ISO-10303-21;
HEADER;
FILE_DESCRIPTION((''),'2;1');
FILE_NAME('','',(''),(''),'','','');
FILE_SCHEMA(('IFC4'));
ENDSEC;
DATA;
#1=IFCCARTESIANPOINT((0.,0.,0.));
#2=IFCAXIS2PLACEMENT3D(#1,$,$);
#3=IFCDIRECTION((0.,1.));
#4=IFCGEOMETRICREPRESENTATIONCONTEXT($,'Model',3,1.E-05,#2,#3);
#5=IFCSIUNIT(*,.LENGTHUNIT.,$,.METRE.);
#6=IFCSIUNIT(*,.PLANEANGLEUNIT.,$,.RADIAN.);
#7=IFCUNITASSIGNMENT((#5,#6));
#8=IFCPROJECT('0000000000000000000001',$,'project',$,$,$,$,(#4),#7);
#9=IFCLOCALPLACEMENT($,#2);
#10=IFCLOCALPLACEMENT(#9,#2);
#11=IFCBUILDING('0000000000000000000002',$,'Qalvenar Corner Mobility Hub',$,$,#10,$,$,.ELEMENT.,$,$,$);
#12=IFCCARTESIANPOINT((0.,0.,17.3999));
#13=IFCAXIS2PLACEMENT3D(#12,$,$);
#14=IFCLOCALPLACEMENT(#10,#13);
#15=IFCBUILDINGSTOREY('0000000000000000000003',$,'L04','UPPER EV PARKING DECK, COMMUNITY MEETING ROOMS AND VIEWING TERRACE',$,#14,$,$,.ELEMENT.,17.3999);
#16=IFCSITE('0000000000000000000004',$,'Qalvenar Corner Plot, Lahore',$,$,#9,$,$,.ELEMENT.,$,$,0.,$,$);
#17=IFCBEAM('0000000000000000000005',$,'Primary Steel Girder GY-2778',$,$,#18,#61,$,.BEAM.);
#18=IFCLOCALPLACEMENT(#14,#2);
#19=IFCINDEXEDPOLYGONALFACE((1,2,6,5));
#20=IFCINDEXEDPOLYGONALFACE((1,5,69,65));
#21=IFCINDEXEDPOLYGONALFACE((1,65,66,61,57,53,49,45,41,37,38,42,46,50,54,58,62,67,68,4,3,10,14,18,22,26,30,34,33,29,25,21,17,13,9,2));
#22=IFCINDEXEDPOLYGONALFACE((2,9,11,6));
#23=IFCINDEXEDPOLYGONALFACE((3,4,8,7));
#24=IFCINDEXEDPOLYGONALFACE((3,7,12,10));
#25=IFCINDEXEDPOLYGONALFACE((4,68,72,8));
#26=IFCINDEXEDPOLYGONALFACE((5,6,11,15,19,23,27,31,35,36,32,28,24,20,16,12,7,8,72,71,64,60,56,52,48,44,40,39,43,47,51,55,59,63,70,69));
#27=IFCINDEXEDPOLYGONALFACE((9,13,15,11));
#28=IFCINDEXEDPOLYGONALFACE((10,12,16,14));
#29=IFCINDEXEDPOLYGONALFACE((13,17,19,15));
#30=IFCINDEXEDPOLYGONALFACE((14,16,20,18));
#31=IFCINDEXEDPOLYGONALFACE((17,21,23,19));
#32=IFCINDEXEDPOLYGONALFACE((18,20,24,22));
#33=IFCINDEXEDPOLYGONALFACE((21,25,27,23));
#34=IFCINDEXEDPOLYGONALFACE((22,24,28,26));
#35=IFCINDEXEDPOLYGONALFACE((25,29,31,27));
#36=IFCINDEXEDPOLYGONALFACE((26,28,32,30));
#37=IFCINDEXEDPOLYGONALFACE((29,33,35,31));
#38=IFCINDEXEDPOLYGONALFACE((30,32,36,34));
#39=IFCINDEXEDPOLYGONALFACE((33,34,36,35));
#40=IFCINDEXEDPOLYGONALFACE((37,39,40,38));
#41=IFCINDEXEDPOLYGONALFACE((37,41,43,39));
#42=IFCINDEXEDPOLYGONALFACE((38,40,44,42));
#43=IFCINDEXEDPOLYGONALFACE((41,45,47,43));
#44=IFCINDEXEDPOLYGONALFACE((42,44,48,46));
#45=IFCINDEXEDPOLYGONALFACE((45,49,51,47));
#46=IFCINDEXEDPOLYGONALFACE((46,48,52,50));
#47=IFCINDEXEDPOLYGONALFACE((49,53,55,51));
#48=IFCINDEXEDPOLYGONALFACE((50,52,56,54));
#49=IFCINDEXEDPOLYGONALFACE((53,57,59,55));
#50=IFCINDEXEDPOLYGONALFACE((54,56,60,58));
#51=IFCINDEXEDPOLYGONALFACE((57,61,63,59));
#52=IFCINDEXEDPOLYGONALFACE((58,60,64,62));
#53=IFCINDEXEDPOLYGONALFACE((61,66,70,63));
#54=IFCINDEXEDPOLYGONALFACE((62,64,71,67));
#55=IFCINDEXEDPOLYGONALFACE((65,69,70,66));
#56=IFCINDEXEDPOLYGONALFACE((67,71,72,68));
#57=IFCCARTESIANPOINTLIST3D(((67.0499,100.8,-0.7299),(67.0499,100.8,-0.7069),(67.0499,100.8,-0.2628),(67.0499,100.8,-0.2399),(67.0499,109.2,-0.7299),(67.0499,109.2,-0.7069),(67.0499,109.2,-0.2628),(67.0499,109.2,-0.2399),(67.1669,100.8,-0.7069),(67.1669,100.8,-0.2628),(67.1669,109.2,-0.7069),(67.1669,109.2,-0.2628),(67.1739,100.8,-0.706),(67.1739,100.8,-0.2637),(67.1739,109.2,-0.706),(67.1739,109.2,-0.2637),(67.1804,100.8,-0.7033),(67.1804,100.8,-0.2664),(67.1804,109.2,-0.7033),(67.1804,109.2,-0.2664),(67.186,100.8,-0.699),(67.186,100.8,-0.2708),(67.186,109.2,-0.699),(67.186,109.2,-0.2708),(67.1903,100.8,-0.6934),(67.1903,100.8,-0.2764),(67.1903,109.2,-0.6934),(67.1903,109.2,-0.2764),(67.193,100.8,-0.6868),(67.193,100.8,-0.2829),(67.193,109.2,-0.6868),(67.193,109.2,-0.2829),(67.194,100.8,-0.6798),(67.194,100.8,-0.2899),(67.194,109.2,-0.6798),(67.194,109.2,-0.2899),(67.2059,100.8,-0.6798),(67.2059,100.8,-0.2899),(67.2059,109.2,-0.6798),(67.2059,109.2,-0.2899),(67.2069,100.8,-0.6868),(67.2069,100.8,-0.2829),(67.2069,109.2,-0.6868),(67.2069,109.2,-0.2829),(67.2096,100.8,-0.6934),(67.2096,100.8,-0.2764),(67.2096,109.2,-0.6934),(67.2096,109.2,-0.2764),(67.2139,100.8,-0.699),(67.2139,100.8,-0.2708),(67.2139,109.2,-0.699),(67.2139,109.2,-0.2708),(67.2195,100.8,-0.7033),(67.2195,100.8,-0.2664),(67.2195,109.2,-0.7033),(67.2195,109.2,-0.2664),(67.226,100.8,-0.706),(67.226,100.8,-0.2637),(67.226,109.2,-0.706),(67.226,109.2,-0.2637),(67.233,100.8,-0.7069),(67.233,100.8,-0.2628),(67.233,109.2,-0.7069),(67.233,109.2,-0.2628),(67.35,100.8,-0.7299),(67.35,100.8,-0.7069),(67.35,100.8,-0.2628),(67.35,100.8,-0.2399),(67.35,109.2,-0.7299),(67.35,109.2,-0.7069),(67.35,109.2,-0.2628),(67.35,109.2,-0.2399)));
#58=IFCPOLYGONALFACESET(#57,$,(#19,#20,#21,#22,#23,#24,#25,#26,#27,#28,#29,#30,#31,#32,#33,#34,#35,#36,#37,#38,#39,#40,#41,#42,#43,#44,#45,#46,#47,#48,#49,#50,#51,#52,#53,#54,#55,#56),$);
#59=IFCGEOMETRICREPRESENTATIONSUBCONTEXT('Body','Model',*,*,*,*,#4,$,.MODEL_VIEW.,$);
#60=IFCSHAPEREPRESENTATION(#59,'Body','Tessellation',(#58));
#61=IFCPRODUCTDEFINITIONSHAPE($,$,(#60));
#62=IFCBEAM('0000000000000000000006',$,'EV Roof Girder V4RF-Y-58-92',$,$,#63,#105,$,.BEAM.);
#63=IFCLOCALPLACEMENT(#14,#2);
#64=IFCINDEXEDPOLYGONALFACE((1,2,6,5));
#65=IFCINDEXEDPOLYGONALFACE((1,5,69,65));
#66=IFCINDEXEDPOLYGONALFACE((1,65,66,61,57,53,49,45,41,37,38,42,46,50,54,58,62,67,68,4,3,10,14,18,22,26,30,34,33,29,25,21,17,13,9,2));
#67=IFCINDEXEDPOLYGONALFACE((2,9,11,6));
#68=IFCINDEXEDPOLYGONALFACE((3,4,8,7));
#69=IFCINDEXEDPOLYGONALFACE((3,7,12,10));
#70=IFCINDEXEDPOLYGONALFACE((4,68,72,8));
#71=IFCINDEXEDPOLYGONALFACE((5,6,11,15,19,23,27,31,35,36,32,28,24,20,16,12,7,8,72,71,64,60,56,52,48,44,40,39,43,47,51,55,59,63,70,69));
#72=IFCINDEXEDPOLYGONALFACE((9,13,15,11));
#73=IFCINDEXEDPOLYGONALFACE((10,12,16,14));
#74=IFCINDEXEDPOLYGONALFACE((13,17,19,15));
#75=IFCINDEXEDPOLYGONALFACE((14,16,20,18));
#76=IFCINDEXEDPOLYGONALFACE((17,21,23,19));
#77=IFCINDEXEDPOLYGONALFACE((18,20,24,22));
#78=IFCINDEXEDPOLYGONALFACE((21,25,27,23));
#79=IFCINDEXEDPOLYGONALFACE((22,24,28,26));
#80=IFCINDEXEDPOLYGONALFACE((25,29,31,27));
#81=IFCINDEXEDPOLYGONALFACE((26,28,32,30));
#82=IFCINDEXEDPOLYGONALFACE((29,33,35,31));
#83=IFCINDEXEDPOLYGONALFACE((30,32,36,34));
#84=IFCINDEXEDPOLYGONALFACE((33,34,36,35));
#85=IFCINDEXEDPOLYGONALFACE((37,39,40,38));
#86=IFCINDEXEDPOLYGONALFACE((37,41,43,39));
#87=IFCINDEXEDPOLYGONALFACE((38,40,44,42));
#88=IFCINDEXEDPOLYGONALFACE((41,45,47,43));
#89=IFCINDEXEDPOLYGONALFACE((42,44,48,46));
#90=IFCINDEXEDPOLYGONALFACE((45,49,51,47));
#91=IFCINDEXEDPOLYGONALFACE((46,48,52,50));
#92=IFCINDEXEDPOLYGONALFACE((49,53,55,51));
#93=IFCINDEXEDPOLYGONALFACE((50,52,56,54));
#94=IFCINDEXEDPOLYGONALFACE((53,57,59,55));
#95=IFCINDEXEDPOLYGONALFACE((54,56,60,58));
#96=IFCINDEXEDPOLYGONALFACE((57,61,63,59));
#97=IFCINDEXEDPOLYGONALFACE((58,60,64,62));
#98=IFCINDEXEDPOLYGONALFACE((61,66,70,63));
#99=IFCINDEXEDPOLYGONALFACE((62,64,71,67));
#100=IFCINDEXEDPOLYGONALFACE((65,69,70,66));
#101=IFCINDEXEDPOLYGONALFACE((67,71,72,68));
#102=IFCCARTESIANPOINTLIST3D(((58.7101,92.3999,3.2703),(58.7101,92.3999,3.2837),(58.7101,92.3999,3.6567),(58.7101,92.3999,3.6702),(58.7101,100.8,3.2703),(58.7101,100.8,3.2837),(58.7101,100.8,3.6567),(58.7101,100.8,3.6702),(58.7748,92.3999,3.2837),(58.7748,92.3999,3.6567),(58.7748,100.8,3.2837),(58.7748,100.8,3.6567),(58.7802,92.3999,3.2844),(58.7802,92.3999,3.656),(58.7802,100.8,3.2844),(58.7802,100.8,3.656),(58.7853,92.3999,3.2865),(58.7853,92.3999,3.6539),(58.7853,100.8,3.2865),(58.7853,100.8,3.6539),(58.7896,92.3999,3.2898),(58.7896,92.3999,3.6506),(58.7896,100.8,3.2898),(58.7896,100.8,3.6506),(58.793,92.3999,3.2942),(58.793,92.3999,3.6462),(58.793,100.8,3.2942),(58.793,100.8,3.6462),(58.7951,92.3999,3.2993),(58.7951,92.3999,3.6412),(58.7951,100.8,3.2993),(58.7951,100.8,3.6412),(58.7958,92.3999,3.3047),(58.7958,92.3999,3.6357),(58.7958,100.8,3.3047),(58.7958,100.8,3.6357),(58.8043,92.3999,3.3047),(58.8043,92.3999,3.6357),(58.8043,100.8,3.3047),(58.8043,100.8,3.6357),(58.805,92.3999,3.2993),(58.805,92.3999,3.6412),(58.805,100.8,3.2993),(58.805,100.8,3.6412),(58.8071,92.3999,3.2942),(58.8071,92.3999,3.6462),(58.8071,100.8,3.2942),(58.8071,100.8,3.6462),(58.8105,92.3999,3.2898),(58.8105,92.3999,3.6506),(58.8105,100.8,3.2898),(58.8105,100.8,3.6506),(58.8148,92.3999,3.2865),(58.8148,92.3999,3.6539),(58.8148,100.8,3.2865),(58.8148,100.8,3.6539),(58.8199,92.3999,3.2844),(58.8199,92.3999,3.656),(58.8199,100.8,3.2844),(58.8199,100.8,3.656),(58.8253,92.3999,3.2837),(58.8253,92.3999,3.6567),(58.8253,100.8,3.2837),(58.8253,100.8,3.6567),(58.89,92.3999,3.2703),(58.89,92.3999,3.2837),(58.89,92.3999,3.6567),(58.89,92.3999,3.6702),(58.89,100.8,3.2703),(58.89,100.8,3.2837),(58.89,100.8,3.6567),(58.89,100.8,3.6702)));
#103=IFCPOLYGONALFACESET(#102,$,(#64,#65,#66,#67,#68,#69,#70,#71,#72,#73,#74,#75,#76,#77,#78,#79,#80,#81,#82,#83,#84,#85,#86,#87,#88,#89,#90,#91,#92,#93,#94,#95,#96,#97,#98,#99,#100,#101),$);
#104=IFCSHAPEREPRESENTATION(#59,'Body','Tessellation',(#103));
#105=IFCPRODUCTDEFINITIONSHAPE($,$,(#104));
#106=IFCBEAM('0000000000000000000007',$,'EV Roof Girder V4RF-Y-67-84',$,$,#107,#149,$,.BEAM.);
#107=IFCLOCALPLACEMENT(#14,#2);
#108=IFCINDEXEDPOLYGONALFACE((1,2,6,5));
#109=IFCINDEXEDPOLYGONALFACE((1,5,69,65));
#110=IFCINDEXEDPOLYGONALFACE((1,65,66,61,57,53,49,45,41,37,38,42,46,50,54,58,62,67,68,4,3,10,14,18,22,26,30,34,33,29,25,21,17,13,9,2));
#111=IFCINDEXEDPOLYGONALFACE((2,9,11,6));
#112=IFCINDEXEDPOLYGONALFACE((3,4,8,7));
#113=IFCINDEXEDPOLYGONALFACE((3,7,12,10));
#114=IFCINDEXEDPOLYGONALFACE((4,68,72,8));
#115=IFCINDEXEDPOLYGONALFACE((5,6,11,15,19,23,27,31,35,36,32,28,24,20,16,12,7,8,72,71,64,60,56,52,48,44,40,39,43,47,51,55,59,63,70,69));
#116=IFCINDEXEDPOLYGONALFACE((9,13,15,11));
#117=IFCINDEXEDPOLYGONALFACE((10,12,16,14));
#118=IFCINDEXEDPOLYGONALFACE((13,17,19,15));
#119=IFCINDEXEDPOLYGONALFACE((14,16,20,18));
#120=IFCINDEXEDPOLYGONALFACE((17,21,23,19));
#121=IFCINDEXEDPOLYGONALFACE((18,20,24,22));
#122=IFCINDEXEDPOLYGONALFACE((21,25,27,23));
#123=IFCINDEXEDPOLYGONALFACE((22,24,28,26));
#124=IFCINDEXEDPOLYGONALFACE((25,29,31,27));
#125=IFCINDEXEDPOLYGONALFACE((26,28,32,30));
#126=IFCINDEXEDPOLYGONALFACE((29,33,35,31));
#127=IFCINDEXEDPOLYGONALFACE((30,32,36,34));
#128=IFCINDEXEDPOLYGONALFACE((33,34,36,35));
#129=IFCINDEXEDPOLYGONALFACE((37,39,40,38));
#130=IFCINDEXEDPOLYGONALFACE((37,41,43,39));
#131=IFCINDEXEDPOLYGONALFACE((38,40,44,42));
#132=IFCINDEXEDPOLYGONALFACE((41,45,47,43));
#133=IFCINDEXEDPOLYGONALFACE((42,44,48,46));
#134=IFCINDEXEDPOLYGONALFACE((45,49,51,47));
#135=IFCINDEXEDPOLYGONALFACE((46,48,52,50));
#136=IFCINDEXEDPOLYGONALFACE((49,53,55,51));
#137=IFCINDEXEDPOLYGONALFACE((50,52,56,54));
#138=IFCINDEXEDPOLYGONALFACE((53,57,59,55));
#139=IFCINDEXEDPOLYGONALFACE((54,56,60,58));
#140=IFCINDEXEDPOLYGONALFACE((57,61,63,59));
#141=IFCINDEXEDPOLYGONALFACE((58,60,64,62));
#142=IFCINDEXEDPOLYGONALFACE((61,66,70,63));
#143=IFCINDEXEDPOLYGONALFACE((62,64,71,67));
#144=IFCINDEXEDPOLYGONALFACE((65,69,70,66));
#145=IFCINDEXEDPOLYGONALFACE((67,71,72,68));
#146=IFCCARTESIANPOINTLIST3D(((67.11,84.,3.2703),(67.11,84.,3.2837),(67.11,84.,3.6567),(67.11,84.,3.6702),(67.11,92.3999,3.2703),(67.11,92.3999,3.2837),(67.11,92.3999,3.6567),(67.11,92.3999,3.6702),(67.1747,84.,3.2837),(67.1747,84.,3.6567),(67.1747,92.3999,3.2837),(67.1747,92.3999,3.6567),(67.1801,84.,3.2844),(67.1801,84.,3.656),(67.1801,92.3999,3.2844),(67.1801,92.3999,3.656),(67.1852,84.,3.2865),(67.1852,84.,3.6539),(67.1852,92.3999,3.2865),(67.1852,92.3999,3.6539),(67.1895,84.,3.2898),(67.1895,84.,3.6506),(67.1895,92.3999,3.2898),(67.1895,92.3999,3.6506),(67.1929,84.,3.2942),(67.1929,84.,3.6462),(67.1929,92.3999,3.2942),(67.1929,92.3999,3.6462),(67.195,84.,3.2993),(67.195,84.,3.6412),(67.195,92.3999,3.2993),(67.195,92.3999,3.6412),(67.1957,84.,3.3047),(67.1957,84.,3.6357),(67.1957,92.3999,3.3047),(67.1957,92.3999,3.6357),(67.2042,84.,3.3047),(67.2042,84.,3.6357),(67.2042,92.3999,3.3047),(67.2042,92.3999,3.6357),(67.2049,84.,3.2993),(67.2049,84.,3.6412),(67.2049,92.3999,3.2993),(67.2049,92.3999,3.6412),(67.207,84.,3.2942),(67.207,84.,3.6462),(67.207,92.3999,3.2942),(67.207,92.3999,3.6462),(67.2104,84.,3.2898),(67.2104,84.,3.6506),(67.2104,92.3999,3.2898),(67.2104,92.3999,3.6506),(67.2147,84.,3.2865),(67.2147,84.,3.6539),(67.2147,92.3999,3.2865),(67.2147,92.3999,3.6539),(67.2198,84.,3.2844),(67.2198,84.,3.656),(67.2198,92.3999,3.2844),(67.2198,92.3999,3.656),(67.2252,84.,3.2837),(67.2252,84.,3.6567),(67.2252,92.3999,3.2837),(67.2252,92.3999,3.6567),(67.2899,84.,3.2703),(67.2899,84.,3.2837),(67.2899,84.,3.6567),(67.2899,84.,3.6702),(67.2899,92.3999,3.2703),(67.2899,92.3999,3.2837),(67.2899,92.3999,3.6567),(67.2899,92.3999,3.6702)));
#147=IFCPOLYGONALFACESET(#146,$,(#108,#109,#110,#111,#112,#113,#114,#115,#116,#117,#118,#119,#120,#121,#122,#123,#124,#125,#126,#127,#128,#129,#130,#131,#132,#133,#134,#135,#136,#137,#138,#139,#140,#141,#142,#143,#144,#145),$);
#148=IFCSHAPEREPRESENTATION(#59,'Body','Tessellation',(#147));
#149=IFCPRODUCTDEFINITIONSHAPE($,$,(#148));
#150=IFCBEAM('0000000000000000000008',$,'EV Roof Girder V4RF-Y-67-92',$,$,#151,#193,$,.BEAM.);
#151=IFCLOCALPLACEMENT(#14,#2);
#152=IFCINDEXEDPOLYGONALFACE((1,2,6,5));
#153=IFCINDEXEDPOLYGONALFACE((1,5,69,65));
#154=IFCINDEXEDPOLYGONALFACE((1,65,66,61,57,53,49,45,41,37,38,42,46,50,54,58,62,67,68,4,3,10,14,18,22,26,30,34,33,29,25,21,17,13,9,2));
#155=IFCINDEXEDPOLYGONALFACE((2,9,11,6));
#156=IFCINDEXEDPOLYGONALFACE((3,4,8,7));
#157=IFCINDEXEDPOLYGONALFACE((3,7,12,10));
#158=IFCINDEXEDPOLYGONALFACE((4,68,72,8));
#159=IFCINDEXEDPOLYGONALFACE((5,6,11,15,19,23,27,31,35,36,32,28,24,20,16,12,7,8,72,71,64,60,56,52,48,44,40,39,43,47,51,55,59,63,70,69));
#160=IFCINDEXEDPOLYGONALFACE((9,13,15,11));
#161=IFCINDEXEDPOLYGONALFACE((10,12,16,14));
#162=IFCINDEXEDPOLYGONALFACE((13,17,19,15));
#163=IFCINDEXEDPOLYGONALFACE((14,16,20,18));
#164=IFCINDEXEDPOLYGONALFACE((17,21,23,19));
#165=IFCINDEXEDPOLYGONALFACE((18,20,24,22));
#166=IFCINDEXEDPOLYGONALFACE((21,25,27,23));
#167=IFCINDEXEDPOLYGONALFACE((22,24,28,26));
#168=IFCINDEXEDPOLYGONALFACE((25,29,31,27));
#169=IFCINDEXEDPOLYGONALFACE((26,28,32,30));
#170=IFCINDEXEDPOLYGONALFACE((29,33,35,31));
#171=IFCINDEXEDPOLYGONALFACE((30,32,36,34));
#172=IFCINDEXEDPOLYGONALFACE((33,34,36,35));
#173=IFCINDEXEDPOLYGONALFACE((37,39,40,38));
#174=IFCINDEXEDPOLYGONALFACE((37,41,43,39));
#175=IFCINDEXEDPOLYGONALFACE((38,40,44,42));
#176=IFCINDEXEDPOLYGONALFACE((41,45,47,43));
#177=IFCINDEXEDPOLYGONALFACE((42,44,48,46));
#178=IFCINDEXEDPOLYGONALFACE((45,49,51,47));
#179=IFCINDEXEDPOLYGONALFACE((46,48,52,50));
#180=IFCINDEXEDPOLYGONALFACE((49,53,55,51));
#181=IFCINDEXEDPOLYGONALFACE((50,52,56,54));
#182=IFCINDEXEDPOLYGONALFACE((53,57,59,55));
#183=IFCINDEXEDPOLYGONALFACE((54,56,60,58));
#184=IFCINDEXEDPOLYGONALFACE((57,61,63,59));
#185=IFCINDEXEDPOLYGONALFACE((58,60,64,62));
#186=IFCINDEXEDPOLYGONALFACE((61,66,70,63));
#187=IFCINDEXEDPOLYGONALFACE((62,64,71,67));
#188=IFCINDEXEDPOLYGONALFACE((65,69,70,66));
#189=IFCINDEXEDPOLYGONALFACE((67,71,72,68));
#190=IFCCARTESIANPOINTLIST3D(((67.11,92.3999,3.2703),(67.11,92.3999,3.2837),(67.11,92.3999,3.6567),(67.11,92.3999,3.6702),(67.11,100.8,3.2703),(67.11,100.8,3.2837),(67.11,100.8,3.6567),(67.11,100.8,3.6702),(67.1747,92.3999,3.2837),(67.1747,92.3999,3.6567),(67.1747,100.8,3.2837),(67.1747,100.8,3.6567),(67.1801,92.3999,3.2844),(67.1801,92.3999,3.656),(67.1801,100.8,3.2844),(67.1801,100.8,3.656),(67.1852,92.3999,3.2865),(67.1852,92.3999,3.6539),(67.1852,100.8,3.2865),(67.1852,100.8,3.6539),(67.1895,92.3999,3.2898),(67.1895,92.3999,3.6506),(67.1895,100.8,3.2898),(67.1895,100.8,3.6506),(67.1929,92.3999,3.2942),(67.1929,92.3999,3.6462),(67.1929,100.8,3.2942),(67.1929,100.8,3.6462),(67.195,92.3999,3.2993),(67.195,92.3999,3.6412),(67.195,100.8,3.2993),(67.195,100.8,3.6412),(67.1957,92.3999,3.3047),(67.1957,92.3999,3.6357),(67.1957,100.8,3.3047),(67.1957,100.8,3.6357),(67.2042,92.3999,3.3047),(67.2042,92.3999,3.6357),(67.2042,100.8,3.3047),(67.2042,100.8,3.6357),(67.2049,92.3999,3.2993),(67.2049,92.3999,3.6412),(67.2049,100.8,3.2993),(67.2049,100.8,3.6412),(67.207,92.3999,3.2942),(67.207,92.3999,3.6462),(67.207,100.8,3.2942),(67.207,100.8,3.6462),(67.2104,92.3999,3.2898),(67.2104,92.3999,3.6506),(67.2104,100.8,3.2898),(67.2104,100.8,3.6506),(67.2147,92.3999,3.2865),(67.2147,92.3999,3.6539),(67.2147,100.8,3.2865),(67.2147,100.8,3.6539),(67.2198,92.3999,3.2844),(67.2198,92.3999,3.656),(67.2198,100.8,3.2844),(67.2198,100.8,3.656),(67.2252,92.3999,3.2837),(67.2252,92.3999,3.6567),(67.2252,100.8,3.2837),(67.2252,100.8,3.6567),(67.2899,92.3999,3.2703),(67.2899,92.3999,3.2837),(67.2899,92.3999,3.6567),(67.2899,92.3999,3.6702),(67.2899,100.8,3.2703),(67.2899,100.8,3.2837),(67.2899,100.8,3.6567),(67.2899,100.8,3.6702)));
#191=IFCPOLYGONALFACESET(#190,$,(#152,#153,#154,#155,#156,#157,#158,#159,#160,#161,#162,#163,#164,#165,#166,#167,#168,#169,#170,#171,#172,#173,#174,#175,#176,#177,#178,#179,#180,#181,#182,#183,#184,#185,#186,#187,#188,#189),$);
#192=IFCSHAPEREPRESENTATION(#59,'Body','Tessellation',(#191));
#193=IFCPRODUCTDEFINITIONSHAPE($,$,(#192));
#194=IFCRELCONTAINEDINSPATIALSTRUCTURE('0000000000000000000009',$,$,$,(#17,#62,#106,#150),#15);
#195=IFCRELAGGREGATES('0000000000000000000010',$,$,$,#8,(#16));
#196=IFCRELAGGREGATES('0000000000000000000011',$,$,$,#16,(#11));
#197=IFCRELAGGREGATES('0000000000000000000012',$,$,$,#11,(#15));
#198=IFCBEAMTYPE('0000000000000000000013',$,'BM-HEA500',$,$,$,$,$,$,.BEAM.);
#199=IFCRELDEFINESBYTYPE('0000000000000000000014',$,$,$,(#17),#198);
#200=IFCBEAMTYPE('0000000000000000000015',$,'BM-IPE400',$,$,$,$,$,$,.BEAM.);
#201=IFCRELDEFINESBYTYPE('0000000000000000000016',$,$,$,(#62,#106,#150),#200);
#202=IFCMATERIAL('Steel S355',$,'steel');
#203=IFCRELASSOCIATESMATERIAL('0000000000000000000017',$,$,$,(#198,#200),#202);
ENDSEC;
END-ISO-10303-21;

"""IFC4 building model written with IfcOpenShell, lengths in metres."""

from ifc_helpers import new_model, si_unit, direction, frame, origin, origin_2d, place, context, subcontext, project, spatial, i_section, extrude, material, material_profile, profile_set, type_object, element, save


model = new_model("IFC4")

# Units and contexts
model_context = context("Model", 3, precision=1e-05, world=origin(), true_north=direction((0.0, 1.0)))
body_context = subcontext(model_context, "Body", "Model", "MODEL_VIEW")
ifc_project = project(units=[si_unit("LENGTHUNIT", "METRE"), si_unit("PLANEANGLEUNIT", "RADIAN")], contexts=[model_context])

# Site, building, storey
site_placement = place(None, origin())
site = spatial("IfcSite", under=ifc_project, at=site_placement, Name="Qalvenar Corner Plot, Lahore", CompositionType="ELEMENT", RefElevation=0.0)
building_placement = place(site_placement, origin())
building = spatial("IfcBuilding", under=site, at=building_placement, Name="Qalvenar Corner Mobility Hub", CompositionType="ELEMENT")
storey_placement = place(building_placement, frame((0.0, 0.0, 17.3999)))
storey = spatial("IfcBuildingStorey", under=building, at=storey_placement, Name="L04", Description="UPPER EV PARKING DECK, COMMUNITY MEETING ROOMS AND VIEWING TERRACE", CompositionType="ELEMENT", Elevation=17.3999)

# Shared definitions
ifc_material_1 = material(Name="Steel S355", Category="steel")

# Beams
ifc_material_profile_1 = material_profile(ifc_material_1, i_section(OverallWidth=0.3, OverallDepth=0.49, WebThickness=0.012, FlangeThickness=0.0229, FilletRadius=0.0271, at=origin_2d()), Name="HEA500")
ifc_profile_set_1 = profile_set([ifc_material_profile_1], Name="Steel S355")
beam_type_1 = type_object("IfcBeamType", Name="BM-HEA500", PredefinedType="BEAM", material=ifc_profile_set_1)
beam_1_placement = place(storey_placement, frame((67.2, 100.8, -0.4849), z_axis=(0.0, 1.0, 0.0), x_axis=(-1.0, 0.0, 0.0)))
element("IfcBeam", 1, at=beam_1_placement, inside=storey, type_object=beam_type_1, Name="Primary Steel Girder GY-2778", PredefinedType="BEAM", context=body_context, shape_type="SweptSolid", body=[
    extrude(i_section(OverallWidth=0.3, OverallDepth=0.49, WebThickness=0.012, FlangeThickness=0.0229, FilletRadius=0.0271, at=origin_2d()), origin(), (0.0, 0.0, 1.0), 8.3999),
])
ifc_material_profile_2 = material_profile(ifc_material_1, i_section(OverallWidth=0.1799, OverallDepth=0.3999, WebThickness=0.0085, FlangeThickness=0.0134, FilletRadius=0.021, at=origin_2d()), Name="IPE400")
ifc_profile_set_2 = profile_set([ifc_material_profile_2], Name="Steel S355")
beam_type_2 = type_object("IfcBeamType", Name="BM-IPE400", PredefinedType="BEAM", material=ifc_profile_set_2)
beam_2_placement = place(storey_placement, frame((58.8, 92.3999, 3.4702), z_axis=(0.0, 1.0, 0.0), x_axis=(-1.0, 0.0, 0.0)))
element("IfcBeam", 2, at=beam_2_placement, inside=storey, type_object=beam_type_2, Name="EV Roof Girder V4RF-Y-58-92", PredefinedType="BEAM", context=body_context, shape_type="SweptSolid", body=[
    extrude(i_section(OverallWidth=0.1799, OverallDepth=0.3999, WebThickness=0.0085, FlangeThickness=0.0134, FilletRadius=0.021, at=origin_2d()), origin(), (0.0, 0.0, 1.0), 8.4001),
])
beam_3_placement = place(storey_placement, frame((67.2, 84.0, 3.4702), z_axis=(0.0, 1.0, 0.0), x_axis=(-1.0, 0.0, 0.0)))
element("IfcBeam", 3, at=beam_3_placement, inside=storey, type_object=beam_type_2, Name="EV Roof Girder V4RF-Y-67-84", PredefinedType="BEAM", context=body_context, shape_type="SweptSolid", body=[
    extrude(i_section(OverallWidth=0.1799, OverallDepth=0.3999, WebThickness=0.0085, FlangeThickness=0.0134, FilletRadius=0.021, at=origin_2d()), origin(), (0.0, 0.0, 1.0), 8.3999),
])
for number, where, z_axis, x_axis, name in (
    (4, (67.2, 92.3999, 3.4702), (0.0, 1.0, 0.0), (-1.0, 0.0, 0.0), "EV Roof Girder V4RF-Y-67-92"),
):
    element("IfcBeam", number, at=place(storey_placement, frame(where, z_axis=z_axis, x_axis=x_axis)), inside=storey, type_object=beam_type_2, Name=name, PredefinedType="BEAM", context=body_context, shape_type="SweptSolid", body=[
        extrude(i_section(OverallWidth=0.1799, OverallDepth=0.3999, WebThickness=0.0085, FlangeThickness=0.0134, FilletRadius=0.021, at=origin_2d()), origin(), (0.0, 0.0, 1.0), 8.4001),
    ])

save(model, "model.ifc")
